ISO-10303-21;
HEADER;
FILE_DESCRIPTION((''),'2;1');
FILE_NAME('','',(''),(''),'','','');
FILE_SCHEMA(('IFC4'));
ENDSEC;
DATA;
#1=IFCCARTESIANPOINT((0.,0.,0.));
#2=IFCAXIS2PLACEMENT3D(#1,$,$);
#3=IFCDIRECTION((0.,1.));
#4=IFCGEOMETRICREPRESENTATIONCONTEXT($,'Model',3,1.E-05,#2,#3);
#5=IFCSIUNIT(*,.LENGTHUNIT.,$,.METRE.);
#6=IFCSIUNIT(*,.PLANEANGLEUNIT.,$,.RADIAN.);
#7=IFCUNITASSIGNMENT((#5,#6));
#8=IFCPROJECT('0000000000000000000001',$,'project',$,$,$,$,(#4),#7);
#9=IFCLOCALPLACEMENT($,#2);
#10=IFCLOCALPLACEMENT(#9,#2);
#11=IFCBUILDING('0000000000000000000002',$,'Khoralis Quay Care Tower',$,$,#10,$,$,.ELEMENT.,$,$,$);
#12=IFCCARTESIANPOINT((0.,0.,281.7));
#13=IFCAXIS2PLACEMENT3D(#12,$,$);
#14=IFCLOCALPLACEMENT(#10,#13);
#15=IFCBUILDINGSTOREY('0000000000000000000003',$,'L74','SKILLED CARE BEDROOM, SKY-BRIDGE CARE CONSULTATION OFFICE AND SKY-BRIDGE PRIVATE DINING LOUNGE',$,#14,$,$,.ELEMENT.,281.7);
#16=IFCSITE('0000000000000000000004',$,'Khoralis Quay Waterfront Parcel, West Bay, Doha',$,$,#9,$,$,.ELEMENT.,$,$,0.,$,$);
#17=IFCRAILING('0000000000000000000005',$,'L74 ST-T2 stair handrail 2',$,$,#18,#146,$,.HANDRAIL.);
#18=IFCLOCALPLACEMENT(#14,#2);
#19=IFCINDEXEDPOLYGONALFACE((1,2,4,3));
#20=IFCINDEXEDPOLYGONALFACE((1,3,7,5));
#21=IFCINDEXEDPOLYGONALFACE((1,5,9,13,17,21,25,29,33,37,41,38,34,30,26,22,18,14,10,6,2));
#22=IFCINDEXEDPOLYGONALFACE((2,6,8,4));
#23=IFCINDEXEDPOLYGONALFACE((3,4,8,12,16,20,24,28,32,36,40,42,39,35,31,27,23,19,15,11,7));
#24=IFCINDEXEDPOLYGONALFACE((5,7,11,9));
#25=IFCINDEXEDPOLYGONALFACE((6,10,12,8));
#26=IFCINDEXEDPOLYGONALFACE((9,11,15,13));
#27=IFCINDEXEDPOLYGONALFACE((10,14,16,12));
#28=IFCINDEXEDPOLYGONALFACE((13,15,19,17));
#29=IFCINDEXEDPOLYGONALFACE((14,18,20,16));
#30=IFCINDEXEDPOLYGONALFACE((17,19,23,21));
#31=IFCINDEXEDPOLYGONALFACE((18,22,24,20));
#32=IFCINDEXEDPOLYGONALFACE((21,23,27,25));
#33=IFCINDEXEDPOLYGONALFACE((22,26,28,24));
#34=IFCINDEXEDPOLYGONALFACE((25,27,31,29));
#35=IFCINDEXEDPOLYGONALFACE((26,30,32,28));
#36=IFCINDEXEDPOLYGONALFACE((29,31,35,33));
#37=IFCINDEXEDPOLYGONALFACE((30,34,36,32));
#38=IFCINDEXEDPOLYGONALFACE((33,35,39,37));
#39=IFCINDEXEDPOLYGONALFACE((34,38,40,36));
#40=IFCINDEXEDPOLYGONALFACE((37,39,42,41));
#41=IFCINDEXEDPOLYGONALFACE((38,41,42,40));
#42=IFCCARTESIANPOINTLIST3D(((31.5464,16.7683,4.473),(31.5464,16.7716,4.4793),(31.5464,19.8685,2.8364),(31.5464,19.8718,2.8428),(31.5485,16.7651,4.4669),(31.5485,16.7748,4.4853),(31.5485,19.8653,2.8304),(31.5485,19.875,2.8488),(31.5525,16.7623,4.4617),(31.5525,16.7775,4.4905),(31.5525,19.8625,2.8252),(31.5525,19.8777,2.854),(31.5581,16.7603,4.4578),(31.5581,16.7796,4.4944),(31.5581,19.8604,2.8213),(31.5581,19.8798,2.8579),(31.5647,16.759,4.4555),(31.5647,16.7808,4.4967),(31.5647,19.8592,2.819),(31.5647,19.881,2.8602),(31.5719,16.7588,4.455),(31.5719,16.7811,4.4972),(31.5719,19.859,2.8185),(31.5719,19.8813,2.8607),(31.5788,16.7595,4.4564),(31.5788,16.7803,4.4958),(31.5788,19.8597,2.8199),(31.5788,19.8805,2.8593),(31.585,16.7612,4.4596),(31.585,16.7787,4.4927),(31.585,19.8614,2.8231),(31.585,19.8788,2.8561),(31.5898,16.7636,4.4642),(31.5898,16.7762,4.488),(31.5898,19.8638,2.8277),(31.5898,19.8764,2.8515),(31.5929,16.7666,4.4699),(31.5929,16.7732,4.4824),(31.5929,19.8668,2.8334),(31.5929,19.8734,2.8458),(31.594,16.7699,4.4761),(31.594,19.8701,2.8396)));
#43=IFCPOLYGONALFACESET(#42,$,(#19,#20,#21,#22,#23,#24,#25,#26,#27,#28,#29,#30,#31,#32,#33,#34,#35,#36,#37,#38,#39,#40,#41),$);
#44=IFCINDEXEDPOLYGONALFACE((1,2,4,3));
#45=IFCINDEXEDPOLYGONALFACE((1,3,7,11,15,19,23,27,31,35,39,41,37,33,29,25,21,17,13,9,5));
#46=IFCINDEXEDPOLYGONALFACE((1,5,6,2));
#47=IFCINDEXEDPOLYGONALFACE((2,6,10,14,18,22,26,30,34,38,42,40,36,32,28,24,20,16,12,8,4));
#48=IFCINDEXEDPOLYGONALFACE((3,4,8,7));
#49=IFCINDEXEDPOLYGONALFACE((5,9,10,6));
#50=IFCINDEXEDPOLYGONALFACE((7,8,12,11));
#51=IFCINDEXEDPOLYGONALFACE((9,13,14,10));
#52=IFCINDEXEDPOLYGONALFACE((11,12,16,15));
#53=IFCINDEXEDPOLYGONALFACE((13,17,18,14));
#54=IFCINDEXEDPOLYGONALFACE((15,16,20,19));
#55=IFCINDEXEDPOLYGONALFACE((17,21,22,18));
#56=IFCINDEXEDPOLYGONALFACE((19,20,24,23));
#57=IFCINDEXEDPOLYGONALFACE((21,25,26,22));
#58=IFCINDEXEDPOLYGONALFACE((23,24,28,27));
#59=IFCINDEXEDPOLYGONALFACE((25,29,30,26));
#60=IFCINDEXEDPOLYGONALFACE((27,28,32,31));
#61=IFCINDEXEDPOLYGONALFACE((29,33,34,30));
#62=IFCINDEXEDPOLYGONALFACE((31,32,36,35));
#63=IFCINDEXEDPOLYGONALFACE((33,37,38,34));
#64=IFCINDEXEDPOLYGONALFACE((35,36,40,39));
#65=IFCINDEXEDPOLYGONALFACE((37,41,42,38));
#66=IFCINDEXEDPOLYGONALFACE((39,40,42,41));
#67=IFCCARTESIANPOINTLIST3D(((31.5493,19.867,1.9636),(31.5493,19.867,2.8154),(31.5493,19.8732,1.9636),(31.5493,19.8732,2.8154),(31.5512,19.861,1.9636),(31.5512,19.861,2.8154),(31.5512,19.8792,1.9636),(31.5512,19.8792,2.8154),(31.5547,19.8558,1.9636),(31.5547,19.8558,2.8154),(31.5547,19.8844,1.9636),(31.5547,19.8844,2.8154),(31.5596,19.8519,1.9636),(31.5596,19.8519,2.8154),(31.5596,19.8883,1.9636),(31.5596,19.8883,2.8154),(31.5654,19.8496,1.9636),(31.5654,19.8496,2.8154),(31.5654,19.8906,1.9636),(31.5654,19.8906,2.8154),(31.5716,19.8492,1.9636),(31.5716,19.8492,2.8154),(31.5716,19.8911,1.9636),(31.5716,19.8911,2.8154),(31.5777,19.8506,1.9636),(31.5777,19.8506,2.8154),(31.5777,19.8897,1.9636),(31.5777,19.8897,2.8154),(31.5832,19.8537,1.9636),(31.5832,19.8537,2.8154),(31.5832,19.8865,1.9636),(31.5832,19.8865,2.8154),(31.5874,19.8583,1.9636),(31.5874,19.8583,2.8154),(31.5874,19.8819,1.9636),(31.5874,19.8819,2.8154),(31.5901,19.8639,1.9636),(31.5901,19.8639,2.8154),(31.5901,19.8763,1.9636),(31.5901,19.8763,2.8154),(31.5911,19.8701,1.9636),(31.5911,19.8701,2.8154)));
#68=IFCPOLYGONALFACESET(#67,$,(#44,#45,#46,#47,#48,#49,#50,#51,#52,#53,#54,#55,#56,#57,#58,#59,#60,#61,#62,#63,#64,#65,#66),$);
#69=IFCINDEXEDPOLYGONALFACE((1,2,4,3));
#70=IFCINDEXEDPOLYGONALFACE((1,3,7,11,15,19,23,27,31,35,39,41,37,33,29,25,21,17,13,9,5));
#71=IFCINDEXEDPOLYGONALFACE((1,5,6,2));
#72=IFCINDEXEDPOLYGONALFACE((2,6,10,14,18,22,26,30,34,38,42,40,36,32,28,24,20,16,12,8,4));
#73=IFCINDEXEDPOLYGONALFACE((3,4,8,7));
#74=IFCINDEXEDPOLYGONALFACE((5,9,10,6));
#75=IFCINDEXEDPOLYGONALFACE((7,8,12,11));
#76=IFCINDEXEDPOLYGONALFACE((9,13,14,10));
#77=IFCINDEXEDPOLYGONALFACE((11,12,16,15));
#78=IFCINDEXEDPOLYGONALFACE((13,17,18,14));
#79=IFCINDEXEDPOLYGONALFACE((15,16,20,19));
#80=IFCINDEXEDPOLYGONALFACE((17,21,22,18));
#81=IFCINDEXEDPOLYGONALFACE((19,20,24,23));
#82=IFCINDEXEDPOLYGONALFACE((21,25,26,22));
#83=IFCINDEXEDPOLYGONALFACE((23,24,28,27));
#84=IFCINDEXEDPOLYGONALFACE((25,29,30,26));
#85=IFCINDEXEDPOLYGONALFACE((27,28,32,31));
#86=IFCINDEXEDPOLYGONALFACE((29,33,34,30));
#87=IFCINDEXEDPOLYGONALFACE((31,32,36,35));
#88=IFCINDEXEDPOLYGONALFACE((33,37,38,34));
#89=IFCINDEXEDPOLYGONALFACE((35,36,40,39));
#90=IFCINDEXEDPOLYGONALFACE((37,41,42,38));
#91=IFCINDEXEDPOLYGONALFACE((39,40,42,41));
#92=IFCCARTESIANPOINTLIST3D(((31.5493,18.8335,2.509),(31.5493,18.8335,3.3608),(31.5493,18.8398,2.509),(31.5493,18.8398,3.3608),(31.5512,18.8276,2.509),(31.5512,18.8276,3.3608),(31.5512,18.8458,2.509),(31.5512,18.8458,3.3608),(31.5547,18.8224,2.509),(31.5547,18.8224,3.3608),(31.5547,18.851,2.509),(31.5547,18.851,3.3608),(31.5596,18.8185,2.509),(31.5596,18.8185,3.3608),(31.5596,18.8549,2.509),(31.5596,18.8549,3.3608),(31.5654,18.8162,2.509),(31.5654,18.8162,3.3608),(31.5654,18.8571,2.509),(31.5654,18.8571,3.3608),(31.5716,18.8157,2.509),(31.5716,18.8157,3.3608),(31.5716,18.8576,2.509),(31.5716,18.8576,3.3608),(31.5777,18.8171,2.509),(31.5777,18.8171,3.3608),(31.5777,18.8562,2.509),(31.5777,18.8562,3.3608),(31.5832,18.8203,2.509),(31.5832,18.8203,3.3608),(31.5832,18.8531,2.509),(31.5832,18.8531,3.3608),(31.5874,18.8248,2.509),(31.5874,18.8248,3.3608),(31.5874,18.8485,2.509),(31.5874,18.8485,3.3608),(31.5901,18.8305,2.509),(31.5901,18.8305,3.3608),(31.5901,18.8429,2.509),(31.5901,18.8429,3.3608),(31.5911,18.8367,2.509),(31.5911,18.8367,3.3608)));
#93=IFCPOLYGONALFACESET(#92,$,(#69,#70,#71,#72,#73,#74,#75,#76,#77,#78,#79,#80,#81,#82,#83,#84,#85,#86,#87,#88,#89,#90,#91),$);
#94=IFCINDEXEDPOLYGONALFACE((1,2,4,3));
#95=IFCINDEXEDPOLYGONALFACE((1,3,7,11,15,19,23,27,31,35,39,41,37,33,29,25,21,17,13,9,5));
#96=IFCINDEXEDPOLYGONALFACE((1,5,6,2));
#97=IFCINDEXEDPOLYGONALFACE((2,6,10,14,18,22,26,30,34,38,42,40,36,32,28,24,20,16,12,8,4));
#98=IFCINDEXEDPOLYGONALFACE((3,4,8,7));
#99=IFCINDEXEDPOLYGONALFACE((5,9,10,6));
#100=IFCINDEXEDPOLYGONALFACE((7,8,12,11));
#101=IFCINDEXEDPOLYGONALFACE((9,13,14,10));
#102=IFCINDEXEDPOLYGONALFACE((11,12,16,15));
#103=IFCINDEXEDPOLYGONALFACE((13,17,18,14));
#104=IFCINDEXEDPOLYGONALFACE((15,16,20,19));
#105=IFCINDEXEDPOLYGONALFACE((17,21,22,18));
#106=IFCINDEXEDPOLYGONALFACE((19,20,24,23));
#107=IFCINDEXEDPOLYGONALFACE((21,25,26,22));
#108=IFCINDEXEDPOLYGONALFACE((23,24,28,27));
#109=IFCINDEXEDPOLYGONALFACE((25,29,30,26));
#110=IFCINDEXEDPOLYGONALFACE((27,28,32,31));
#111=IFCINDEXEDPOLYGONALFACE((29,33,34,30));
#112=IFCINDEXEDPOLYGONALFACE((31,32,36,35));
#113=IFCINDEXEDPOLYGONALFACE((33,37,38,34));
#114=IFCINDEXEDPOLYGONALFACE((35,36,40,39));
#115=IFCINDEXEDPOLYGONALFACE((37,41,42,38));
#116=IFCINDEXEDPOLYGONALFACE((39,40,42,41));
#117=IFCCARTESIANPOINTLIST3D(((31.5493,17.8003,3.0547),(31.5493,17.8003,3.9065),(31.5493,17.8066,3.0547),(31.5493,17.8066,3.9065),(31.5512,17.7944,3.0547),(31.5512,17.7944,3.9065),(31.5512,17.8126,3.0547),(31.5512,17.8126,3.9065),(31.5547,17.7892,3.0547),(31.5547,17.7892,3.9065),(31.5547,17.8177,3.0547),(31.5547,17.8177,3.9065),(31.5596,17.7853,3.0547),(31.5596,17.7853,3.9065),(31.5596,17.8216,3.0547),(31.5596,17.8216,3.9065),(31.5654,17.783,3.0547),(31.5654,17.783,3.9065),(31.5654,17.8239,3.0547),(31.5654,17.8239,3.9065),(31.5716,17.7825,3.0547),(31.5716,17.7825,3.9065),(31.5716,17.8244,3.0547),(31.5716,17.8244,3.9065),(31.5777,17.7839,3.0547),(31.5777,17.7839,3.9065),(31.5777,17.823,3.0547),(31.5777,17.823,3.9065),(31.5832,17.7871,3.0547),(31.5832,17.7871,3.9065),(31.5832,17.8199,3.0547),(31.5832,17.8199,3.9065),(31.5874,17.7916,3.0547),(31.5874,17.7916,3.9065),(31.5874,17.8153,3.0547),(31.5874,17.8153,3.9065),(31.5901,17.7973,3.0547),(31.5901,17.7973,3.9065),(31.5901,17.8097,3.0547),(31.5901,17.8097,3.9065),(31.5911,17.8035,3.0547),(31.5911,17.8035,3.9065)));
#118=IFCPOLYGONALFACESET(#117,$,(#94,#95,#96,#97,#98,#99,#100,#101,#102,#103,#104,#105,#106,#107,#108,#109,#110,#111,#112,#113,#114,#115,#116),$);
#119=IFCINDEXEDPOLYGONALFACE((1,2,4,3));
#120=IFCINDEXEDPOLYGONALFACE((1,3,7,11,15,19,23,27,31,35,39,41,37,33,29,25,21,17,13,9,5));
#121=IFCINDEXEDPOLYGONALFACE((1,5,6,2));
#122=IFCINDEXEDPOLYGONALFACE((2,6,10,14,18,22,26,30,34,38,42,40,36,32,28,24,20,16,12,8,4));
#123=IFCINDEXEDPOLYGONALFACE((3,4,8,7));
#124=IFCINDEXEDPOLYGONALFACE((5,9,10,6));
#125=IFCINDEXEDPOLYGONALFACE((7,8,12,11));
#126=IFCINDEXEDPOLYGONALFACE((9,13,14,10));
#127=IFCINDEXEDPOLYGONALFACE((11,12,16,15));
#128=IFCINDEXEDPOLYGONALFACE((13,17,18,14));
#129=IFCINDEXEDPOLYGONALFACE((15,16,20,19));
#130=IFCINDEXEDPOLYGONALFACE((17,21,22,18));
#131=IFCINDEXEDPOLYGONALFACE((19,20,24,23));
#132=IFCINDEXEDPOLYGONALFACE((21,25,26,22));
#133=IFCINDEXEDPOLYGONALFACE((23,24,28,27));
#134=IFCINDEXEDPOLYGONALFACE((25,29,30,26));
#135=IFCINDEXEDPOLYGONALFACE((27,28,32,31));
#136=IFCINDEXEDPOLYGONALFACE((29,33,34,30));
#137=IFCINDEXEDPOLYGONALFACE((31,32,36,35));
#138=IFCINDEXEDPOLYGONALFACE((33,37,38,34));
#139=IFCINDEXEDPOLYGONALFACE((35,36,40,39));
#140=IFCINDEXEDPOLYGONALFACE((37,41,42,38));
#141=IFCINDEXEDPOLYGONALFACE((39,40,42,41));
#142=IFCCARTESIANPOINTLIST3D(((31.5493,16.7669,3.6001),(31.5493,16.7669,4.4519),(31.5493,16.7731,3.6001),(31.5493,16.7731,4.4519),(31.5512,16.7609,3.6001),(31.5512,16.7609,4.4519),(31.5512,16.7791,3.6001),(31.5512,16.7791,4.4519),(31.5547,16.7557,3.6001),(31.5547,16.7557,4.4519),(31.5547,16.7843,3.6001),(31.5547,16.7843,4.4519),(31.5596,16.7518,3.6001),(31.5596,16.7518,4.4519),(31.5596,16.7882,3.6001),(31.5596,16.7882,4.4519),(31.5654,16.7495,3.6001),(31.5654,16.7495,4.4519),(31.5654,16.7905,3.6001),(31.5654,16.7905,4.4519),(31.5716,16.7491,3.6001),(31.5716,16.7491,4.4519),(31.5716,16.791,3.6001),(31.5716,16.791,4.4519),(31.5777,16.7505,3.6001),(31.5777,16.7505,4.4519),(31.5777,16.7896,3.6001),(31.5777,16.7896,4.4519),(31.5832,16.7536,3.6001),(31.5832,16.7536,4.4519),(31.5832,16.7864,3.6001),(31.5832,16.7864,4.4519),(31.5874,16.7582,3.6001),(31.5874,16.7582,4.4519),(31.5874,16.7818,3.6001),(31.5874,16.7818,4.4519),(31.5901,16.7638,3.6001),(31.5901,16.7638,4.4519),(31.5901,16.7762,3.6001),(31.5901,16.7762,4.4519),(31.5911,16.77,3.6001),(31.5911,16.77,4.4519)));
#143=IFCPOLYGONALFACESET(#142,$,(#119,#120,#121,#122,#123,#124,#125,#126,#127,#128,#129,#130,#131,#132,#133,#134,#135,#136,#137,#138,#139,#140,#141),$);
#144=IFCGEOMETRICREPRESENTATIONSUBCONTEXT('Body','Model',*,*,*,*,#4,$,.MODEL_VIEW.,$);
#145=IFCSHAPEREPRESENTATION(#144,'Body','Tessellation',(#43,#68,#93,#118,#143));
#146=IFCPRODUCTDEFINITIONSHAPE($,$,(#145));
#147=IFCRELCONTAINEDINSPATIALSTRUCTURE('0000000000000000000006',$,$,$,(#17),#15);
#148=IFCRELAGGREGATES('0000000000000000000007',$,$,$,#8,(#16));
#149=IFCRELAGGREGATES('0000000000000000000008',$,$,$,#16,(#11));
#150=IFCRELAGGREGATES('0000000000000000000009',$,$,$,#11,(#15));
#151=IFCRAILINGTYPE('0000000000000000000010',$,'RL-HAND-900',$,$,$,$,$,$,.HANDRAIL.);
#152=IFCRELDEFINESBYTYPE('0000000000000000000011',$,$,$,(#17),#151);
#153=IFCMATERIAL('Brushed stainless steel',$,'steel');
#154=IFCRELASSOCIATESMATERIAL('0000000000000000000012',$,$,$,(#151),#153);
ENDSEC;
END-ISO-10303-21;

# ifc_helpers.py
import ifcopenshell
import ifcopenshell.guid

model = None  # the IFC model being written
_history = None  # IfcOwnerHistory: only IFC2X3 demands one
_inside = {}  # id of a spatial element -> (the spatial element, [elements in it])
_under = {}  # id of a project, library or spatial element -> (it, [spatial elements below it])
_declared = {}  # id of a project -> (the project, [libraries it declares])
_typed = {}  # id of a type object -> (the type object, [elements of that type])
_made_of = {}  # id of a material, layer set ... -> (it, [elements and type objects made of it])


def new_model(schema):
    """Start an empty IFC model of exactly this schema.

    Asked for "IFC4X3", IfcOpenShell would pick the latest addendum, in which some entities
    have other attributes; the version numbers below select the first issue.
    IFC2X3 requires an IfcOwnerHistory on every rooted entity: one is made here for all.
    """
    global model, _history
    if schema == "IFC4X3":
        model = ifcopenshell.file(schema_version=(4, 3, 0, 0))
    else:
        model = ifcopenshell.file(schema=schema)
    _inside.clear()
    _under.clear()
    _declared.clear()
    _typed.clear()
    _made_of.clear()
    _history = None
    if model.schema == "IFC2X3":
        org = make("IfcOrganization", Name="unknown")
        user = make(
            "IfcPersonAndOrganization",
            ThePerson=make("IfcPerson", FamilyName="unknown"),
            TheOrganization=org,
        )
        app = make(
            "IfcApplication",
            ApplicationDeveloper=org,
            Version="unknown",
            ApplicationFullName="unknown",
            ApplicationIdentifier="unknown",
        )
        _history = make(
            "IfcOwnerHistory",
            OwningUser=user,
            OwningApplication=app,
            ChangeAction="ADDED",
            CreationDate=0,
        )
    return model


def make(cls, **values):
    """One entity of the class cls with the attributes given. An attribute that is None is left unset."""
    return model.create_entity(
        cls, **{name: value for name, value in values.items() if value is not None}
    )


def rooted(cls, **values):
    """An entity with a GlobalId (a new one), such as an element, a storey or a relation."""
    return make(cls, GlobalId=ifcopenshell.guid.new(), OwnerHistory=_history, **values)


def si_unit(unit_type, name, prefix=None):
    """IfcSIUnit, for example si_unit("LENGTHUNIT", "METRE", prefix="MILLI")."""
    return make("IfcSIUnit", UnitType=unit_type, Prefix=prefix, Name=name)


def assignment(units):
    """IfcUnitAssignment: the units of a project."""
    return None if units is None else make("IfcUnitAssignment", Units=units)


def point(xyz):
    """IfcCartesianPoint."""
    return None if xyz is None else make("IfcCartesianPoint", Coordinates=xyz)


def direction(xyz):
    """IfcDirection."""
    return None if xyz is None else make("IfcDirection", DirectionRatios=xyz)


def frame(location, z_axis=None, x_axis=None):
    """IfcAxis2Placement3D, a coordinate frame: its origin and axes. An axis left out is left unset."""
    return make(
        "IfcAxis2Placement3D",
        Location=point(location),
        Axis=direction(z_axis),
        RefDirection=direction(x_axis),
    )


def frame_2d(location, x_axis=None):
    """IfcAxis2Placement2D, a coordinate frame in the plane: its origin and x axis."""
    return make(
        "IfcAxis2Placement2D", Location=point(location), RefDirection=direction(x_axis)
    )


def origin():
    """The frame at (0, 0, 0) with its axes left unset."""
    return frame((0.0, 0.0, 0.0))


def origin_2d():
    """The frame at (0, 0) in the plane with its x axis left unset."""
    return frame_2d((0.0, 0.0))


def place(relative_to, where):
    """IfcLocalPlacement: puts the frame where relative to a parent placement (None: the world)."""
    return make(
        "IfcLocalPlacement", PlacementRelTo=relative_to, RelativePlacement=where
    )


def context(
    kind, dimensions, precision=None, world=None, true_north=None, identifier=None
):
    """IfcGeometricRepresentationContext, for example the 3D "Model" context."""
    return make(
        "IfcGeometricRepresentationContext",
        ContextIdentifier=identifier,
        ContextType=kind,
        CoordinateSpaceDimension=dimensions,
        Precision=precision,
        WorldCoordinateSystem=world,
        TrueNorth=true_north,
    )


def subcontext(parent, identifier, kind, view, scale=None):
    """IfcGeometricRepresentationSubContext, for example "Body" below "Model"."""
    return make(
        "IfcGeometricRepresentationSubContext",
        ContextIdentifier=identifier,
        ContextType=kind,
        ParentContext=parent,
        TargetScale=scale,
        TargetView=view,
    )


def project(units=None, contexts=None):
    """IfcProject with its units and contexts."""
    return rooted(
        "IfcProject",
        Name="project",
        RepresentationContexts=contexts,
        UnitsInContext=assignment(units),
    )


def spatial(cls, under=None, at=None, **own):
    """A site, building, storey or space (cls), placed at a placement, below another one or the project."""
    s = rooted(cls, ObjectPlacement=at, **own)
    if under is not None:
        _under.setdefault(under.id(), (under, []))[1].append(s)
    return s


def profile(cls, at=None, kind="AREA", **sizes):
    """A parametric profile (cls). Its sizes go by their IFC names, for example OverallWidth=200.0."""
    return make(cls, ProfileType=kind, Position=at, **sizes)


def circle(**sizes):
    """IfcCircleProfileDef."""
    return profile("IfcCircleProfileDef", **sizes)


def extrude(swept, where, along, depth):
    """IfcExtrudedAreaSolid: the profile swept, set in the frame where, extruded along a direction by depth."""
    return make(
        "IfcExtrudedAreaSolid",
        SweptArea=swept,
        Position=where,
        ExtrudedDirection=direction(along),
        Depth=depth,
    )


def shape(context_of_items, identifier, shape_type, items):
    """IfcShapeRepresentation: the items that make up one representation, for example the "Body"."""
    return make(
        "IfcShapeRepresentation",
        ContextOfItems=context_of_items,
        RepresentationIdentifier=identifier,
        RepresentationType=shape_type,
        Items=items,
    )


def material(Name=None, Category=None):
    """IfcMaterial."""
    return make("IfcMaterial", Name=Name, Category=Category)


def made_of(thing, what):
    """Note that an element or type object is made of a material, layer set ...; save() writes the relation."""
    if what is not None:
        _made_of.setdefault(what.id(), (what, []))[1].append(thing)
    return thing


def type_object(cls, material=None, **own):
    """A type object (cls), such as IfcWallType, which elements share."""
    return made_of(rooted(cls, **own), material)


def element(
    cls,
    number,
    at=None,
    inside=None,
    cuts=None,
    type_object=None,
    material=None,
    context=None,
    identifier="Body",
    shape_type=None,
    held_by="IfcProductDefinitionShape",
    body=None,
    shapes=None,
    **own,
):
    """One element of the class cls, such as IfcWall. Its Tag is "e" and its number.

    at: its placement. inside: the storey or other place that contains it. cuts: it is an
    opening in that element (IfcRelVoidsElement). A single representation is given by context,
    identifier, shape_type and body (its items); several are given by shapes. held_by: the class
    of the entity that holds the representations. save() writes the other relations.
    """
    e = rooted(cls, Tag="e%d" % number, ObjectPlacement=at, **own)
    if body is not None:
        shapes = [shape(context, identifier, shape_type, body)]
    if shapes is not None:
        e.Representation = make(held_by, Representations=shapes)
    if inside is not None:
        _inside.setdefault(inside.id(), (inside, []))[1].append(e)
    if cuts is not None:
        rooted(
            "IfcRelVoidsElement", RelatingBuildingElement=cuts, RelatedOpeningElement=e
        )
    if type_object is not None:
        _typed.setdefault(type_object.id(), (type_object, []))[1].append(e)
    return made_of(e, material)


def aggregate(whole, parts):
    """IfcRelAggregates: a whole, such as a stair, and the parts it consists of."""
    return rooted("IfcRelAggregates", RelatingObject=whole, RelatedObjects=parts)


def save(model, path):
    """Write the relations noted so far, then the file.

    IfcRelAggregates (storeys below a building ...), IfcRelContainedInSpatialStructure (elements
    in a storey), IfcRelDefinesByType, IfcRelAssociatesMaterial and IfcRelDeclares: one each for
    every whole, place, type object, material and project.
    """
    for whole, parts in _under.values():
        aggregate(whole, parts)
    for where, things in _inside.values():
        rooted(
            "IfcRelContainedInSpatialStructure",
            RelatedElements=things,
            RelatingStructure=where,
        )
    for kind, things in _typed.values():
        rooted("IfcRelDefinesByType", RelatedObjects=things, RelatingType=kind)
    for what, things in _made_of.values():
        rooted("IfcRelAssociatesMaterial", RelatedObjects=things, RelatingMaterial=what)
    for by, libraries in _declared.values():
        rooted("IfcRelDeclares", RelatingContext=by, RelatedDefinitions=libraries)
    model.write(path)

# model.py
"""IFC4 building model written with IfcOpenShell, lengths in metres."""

from ifc_helpers import new_model, si_unit, direction, frame, origin, origin_2d, place, context, subcontext, project, spatial, circle, extrude, material, type_object, element, save


model = new_model("IFC4")

# Units and contexts
model_context = context("Model", 3, precision=1e-05, world=origin(), true_north=direction((0.0, 1.0)))
body_context = subcontext(model_context, "Body", "Model", "MODEL_VIEW")
ifc_project = project(units=[si_unit("LENGTHUNIT", "METRE"), si_unit("PLANEANGLEUNIT", "RADIAN")], contexts=[model_context])

# Site, building, storey
site_placement = place(None, origin())
site = spatial("IfcSite", under=ifc_project, at=site_placement, Name="Khoralis Quay Waterfront Parcel, West Bay, Doha", CompositionType="ELEMENT", RefElevation=0.0)
building_placement = place(site_placement, origin())
building = spatial("IfcBuilding", under=site, at=building_placement, Name="Khoralis Quay Care Tower", CompositionType="ELEMENT")
storey_placement = place(building_placement, frame((0.0, 0.0, 281.7)))
storey = spatial("IfcBuildingStorey", under=building, at=storey_placement, Name="L74", Description="SKILLED CARE BEDROOM, SKY-BRIDGE CARE CONSULTATION OFFICE AND SKY-BRIDGE PRIVATE DINING LOUNGE", CompositionType="ELEMENT", Elevation=281.7)

# Shared definitions
ifc_material_1 = material(Name="Brushed stainless steel", Category="steel")

# Railing
railing_type_1 = type_object("IfcRailingType", Name="RL-HAND-900", PredefinedType="HANDRAIL", material=ifc_material_1)
railing_1_placement = place(storey_placement, frame((31.5701, 19.8701, 1.9636)))
element("IfcRailing", 1, at=railing_1_placement, inside=storey, type_object=railing_type_1, Name="L74 ST-T2 stair handrail 2", PredefinedType="HANDRAIL", context=body_context, shape_type="SweptSolid", body=[
    extrude(circle(Radius=0.0239, at=origin_2d()), frame((0.0, 0.0, 0.876), z_axis=(0.0, -0.884348, 0.466828), x_axis=(1.0, 0.0, 0.0)), (0.0, 0.0, 1.0), 3.5056),
    extrude(circle(Radius=0.021, at=origin_2d()), origin(), (0.0, 0.0, 1.0), 0.8518),
    extrude(circle(Radius=0.021, at=origin_2d()), frame((0.0, -1.0334, 0.5454)), (0.0, 0.0, 1.0), 0.8518),
    extrude(circle(Radius=0.021, at=origin_2d()), frame((0.0, -2.0667, 1.0911)), (0.0, 0.0, 1.0), 0.8518),
    extrude(circle(Radius=0.021, at=origin_2d()), frame((0.0, -3.1001, 1.6365)), (0.0, 0.0, 1.0), 0.8518),
])

save(model, "model.ifc")
